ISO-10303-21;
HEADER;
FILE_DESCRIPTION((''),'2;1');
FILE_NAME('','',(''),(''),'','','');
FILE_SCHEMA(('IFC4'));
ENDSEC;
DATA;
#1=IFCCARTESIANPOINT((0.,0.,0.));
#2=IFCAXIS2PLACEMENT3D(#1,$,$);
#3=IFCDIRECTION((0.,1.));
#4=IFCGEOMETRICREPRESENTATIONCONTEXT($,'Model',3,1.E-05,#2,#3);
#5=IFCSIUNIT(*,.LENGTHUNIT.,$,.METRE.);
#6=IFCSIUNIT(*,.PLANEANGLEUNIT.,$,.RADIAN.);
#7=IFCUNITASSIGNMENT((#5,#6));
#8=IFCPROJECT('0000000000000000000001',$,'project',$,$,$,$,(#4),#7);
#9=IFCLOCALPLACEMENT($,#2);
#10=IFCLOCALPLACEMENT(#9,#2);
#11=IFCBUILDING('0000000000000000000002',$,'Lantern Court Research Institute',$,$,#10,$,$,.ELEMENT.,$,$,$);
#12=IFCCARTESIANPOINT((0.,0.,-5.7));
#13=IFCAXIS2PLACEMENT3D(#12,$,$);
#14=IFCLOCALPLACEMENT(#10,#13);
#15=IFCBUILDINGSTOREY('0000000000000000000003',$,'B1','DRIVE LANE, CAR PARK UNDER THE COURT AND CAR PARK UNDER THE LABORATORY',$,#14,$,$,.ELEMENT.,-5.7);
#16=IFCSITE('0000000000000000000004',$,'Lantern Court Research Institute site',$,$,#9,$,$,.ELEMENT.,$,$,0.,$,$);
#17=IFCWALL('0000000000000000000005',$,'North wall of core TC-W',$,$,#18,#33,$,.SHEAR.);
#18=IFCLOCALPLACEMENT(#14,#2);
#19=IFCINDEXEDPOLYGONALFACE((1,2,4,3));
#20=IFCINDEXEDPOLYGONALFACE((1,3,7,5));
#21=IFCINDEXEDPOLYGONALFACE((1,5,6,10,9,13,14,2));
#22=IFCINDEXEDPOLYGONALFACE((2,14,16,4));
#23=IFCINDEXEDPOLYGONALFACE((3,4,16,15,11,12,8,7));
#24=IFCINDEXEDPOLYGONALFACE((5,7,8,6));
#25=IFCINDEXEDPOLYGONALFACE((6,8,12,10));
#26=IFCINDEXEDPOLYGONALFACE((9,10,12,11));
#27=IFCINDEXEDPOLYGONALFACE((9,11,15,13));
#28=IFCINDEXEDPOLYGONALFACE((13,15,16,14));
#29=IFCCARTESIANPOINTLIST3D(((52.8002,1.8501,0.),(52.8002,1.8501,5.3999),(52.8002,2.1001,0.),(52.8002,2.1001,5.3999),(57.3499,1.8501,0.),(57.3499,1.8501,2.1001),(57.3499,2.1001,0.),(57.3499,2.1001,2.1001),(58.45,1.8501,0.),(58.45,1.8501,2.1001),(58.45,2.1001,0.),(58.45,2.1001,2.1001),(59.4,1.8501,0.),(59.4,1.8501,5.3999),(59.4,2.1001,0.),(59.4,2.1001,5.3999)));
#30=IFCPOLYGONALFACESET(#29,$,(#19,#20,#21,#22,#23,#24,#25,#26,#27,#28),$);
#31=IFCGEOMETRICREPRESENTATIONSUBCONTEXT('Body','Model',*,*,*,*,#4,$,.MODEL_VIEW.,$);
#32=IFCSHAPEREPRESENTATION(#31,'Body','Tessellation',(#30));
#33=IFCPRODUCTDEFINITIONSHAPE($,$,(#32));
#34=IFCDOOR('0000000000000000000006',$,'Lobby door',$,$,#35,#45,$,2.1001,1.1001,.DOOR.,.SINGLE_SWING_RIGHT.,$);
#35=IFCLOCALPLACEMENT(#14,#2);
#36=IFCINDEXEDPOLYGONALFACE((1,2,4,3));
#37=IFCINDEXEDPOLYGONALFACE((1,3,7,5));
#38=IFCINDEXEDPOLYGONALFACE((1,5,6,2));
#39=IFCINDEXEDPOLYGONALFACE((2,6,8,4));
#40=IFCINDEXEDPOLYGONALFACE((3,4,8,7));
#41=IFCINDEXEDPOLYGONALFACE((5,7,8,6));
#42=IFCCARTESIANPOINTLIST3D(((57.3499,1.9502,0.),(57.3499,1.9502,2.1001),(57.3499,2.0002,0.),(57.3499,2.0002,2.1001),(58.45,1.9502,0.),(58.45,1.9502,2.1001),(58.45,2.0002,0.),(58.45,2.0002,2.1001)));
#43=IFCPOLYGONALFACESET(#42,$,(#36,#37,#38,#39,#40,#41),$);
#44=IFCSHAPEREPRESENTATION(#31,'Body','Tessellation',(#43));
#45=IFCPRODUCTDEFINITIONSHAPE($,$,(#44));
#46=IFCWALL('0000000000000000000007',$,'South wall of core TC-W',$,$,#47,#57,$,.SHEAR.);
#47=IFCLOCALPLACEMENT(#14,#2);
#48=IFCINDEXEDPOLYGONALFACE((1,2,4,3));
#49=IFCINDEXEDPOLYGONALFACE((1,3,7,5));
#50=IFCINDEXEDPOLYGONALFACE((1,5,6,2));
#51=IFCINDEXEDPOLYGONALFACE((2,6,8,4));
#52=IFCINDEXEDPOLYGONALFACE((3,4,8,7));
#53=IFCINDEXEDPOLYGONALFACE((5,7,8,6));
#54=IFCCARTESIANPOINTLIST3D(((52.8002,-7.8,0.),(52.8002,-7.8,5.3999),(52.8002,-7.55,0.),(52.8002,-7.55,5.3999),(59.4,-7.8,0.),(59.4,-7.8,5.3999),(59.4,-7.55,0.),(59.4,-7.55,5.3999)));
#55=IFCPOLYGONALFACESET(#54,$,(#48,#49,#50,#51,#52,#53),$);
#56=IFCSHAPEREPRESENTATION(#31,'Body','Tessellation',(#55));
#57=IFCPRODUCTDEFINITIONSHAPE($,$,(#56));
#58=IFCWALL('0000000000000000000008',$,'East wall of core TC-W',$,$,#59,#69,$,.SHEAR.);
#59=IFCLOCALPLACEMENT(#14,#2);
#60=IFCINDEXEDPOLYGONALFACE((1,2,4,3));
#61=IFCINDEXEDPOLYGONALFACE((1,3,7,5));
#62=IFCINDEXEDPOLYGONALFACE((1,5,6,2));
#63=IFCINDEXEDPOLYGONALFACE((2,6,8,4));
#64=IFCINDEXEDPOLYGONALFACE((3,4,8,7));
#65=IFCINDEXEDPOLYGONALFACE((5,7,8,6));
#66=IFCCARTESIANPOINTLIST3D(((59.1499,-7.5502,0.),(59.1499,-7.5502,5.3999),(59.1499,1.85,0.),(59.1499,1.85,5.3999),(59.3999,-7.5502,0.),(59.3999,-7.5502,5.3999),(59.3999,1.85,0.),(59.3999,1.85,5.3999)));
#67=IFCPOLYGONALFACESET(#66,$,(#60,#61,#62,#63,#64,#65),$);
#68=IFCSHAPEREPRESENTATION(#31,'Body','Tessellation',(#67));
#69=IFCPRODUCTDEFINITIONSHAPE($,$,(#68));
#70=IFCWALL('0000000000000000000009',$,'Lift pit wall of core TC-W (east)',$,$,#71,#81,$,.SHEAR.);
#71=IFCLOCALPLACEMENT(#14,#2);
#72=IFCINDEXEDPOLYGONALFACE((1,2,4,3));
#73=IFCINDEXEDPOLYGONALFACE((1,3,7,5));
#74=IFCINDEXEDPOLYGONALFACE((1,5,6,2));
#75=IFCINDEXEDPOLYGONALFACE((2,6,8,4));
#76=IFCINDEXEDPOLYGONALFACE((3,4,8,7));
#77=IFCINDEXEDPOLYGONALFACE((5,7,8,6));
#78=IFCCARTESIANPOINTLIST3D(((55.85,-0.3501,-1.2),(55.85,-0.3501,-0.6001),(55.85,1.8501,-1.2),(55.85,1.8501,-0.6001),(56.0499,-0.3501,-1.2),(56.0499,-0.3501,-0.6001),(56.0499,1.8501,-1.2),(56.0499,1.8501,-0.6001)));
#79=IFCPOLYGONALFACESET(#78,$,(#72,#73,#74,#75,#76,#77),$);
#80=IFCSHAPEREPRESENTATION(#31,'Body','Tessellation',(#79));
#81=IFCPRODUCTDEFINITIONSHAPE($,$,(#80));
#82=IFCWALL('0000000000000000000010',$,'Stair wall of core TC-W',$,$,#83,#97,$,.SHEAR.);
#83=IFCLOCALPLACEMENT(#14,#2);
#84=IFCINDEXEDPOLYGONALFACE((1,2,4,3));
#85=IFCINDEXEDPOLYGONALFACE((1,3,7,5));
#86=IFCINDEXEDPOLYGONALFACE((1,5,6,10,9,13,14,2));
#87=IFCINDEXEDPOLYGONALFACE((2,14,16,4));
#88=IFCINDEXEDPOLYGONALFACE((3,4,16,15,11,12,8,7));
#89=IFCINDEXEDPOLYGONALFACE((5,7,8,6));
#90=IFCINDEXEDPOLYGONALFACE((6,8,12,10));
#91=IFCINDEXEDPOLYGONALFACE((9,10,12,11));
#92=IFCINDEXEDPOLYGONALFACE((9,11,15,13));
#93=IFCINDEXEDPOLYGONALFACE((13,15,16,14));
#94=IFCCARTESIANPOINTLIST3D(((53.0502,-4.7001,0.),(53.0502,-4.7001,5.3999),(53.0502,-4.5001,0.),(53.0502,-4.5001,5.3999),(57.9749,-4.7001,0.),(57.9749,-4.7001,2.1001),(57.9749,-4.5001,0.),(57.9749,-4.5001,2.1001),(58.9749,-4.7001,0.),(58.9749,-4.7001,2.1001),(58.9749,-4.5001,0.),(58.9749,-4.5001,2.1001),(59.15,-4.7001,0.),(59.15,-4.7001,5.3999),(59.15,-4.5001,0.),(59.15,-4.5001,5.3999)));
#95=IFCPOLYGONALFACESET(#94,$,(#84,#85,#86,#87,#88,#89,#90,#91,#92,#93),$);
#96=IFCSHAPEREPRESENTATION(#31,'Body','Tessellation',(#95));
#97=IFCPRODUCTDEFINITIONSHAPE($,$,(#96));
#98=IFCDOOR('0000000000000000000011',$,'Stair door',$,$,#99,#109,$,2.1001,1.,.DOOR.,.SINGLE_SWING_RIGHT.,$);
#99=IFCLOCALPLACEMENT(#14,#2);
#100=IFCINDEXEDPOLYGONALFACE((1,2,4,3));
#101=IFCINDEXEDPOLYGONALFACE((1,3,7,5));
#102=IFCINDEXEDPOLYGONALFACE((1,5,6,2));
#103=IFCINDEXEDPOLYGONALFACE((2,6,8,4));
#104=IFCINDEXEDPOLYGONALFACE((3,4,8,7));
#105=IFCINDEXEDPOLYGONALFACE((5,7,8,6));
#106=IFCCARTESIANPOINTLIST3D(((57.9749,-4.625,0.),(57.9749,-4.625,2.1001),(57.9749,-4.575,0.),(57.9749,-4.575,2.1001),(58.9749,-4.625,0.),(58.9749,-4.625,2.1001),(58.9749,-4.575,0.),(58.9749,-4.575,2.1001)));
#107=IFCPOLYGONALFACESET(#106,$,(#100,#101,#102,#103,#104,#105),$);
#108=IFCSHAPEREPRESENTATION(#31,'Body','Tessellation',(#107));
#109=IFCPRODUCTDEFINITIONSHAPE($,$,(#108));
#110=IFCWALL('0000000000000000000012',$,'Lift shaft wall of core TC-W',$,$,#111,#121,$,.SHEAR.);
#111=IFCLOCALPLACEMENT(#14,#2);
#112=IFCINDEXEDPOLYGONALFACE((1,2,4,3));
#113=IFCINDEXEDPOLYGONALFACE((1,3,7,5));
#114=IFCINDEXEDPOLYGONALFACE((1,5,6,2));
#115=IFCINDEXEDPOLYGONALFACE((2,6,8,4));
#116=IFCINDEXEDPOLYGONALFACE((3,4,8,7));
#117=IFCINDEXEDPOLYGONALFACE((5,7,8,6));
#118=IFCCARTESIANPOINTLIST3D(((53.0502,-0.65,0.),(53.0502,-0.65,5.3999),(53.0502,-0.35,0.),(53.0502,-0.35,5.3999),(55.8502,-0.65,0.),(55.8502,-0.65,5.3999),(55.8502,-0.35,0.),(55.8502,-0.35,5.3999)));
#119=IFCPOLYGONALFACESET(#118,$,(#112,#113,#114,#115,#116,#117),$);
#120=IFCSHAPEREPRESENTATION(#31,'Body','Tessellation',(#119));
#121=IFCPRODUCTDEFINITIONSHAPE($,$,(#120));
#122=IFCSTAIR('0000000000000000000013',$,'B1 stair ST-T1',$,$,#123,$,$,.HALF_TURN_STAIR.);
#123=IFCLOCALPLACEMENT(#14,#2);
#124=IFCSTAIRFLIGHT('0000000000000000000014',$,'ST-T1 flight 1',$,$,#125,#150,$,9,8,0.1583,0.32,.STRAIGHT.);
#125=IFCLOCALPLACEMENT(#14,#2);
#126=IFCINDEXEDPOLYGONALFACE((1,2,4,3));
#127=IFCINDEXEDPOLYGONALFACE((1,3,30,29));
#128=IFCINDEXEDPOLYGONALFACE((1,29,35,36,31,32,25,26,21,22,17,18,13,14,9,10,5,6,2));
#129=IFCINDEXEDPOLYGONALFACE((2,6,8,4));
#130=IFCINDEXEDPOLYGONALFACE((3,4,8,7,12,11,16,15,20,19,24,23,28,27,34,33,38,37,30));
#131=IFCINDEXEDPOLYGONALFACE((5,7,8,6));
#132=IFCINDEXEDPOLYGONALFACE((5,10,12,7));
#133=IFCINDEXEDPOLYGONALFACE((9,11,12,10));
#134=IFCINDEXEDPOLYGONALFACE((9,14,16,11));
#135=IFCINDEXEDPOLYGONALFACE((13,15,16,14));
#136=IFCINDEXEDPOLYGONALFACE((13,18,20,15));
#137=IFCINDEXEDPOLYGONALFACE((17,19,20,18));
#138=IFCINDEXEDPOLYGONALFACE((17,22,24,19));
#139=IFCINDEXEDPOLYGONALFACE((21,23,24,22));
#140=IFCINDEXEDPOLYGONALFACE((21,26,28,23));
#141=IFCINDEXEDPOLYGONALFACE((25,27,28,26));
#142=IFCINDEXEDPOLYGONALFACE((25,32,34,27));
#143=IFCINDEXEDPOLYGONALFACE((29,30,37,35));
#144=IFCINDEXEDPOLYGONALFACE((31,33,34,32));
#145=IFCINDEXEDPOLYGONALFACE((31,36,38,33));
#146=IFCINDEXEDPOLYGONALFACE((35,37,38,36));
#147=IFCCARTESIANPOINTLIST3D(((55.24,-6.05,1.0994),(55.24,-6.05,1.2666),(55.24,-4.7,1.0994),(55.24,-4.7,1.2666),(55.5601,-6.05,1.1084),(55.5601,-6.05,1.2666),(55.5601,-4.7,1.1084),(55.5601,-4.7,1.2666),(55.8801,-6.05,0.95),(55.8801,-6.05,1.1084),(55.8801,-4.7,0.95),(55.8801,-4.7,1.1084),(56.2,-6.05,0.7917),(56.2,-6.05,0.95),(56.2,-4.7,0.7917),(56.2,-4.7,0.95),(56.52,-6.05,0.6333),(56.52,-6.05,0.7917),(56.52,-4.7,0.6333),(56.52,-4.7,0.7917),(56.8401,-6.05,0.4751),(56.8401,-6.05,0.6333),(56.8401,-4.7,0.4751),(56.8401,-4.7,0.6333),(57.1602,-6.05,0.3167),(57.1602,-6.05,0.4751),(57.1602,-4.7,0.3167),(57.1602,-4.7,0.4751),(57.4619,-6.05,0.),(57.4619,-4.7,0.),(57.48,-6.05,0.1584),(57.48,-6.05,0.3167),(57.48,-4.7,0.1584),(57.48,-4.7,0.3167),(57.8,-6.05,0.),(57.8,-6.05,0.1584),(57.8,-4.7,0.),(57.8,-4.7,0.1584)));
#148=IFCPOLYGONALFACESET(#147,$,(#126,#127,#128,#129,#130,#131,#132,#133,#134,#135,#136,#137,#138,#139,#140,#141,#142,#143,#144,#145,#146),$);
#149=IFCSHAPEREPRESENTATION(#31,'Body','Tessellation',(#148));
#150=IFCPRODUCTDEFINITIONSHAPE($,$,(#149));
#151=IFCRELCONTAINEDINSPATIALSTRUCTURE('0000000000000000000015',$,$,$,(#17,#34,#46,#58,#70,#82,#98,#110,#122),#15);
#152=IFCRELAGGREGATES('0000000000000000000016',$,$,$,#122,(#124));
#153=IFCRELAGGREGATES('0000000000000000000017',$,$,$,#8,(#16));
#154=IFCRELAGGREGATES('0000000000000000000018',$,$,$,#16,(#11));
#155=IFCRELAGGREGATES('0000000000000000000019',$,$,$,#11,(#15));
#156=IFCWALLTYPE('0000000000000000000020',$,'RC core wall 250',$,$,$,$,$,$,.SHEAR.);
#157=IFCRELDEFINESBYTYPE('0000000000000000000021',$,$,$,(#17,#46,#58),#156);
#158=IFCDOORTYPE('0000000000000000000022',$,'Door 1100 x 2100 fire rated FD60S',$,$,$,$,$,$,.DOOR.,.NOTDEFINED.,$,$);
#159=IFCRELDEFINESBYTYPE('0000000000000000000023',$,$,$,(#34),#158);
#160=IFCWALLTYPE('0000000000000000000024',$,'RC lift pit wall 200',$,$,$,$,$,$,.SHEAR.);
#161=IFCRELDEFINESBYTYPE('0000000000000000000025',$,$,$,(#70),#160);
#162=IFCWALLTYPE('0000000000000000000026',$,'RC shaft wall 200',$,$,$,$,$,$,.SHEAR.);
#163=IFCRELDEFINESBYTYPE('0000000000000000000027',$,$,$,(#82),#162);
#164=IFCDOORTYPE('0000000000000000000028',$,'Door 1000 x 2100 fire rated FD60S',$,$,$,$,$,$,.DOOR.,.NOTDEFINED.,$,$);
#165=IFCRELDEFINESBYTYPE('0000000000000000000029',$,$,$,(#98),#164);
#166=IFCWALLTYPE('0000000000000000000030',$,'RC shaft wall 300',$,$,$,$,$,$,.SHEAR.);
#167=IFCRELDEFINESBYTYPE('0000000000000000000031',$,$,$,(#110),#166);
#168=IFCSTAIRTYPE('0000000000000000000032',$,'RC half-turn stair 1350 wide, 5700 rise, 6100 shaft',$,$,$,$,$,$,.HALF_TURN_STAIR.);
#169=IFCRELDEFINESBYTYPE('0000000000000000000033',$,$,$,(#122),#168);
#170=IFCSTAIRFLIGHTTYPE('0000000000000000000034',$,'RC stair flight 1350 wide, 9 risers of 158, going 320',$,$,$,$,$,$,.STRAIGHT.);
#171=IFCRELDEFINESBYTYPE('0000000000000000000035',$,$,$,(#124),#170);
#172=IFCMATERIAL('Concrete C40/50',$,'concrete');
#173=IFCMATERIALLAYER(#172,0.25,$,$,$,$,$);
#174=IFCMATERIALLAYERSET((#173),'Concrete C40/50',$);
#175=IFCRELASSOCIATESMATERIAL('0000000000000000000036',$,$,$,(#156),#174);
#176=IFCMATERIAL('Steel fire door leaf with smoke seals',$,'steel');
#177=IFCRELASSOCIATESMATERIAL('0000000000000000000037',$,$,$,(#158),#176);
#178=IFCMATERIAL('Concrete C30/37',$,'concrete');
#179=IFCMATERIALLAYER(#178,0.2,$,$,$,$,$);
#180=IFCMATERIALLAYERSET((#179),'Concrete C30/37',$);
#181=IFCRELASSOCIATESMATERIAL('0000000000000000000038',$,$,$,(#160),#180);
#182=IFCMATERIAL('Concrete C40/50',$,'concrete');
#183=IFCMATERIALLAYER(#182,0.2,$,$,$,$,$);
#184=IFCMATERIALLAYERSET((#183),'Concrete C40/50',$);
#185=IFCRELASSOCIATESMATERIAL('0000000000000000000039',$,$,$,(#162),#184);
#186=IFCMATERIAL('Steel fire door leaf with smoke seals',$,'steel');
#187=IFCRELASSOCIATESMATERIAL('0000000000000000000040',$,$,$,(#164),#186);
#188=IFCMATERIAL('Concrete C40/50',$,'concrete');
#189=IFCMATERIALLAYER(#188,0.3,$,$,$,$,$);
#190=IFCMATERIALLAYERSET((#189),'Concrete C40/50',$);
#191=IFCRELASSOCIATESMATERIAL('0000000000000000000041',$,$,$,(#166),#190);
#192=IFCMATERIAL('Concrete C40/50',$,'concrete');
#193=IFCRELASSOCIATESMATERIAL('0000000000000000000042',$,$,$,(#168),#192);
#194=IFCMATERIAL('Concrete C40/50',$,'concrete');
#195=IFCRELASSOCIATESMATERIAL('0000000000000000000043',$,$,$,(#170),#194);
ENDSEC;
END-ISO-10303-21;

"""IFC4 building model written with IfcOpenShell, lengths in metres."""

from ifc_helpers import new_model, si_unit, direction, frame, frame_2d, origin, place, context, subcontext, project, spatial, polyline, rectangle, outline, extrude, material, layer, layer_set, type_object, element, fill, aggregate, save


model = new_model("IFC4")

# Units and contexts
model_context = context("Model", 3, precision=1e-05, world=origin(), true_north=direction((0.0, 1.0)))
body_context = subcontext(model_context, "Body", "Model", "MODEL_VIEW")
ifc_project = project(units=[si_unit("LENGTHUNIT", "METRE"), si_unit("PLANEANGLEUNIT", "RADIAN")], contexts=[model_context])

# Site, building, storey
site_placement = place(None, origin())
site = spatial("IfcSite", under=ifc_project, at=site_placement, Name="Lantern Court Research Institute site", CompositionType="ELEMENT", RefElevation=0.0)
building_placement = place(site_placement, origin())
building = spatial("IfcBuilding", under=site, at=building_placement, Name="Lantern Court Research Institute", CompositionType="ELEMENT")
storey_placement = place(building_placement, frame((0.0, 0.0, -5.7)))
storey = spatial("IfcBuildingStorey", under=building, at=storey_placement, Name="B1", Description="DRIVE LANE, CAR PARK UNDER THE COURT AND CAR PARK UNDER THE LABORATORY", CompositionType="ELEMENT", Elevation=-5.7)

# Wall, opening, door
ifc_material_1 = material(Name="Concrete C40/50", Category="concrete")
ifc_layer_1 = layer(ifc_material_1, 0.25)
ifc_layer_set_1 = layer_set([ifc_layer_1], Name="Concrete C40/50")
wall_type_1 = type_object("IfcWallType", Name="RC core wall 250", PredefinedType="SHEAR", material=ifc_layer_set_1)
wall_1_placement = place(storey_placement, frame((59.3999, 1.9751, 0.0), z_axis=(0.0, 0.0, 1.0), x_axis=(-1.0, 0.0, 0.0)))
wall_1 = element("IfcWall", 1, at=wall_1_placement, inside=storey, type_object=wall_type_1, Name="North wall of core TC-W", PredefinedType="SHEAR", context=body_context, shape_type="SweptSolid", body=[
    extrude(rectangle(XDim=6.5999, YDim=0.25, at=frame_2d((3.2998, 0.0))), origin(), (0.0, 0.0, 1.0), 5.3999),
])
opening_1_placement = place(wall_1_placement, frame((0.95, 0.0, 0.0)))
opening_1 = element("IfcOpeningElement", 2, at=opening_1_placement, cuts=wall_1, PredefinedType="OPENING", context=body_context, shape_type="SweptSolid", body=[
    extrude(rectangle(XDim=1.1001, YDim=2.1001, at=frame_2d((0.55, 1.05))), frame((0.0, 0.135, 0.0), z_axis=(0.0, -1.0, 0.0), x_axis=(1.0, 0.0, 0.0)), (0.0, 0.0, 1.0), 0.27),
])
ifc_material_2 = material(Name="Steel fire door leaf with smoke seals", Category="steel")
door_type_1 = type_object("IfcDoorType", Name="Door 1100 x 2100 fire rated FD60S", OperationType="NOTDEFINED", PredefinedType="DOOR", material=ifc_material_2)
door_1_placement = place(opening_1_placement, origin())
door_1 = element("IfcDoor", 3, at=door_1_placement, inside=storey, type_object=door_type_1, Name="Lobby door", OperationType="SINGLE_SWING_RIGHT", OverallHeight=2.1001, OverallWidth=1.1001, PredefinedType="DOOR", context=body_context, shape_type="SweptSolid", body=[
    extrude(rectangle(XDim=1.1001, YDim=2.1001, at=frame_2d((0.55, 1.05))), frame((0.0, 0.0249, 0.0), z_axis=(0.0, -1.0, 0.0), x_axis=(1.0, 0.0, 0.0)), (0.0, 0.0, 1.0), 0.05),
])
fill(opening_1, door_1)

# Walls
wall_2_placement = place(storey_placement, frame((59.3999, -7.675, 0.0), z_axis=(0.0, 0.0, 1.0), x_axis=(-1.0, 0.0, 0.0)))
element("IfcWall", 4, at=wall_2_placement, inside=storey, type_object=wall_type_1, Name="South wall of core TC-W", PredefinedType="SHEAR", context=body_context, shape_type="SweptSolid", body=[
    extrude(rectangle(XDim=6.5999, YDim=0.25, at=frame_2d((3.2998, 0.0))), origin(), (0.0, 0.0, 1.0), 5.3999),
])
wall_3_placement = place(storey_placement, frame((59.2749, 1.8501, 0.0), z_axis=(0.0, 0.0, 1.0), x_axis=(0.0, -1.0, 0.0)))
element("IfcWall", 5, at=wall_3_placement, inside=storey, type_object=wall_type_1, Name="East wall of core TC-W", PredefinedType="SHEAR", context=body_context, shape_type="SweptSolid", body=[
    extrude(rectangle(XDim=9.4001, YDim=0.25, at=frame_2d((4.7002, 0.0))), origin(), (0.0, 0.0, 1.0), 5.3999),
])
ifc_material_3 = material(Name="Concrete C30/37", Category="concrete")
ifc_layer_2 = layer(ifc_material_3, 0.2)
ifc_layer_set_2 = layer_set([ifc_layer_2], Name="Concrete C30/37")
wall_type_2 = type_object("IfcWallType", Name="RC lift pit wall 200", PredefinedType="SHEAR", material=ifc_layer_set_2)
wall_4_placement = place(storey_placement, frame((55.95, -0.3501, -1.2), z_axis=(0.0, 0.0, 1.0), x_axis=(0.0, 1.0, 0.0)))
element("IfcWall", 6, at=wall_4_placement, inside=storey, type_object=wall_type_2, Name="Lift pit wall of core TC-W (east)", PredefinedType="SHEAR", context=body_context, shape_type="SweptSolid", body=[
    extrude(rectangle(XDim=2.2002, YDim=0.2, at=frame_2d((1.1001, 0.0))), origin(), (0.0, 0.0, 1.0), 0.5999),
])

# Wall, opening, door
ifc_material_4 = material(Name="Concrete C40/50", Category="concrete")
ifc_layer_3 = layer(ifc_material_4, 0.2)
ifc_layer_set_3 = layer_set([ifc_layer_3], Name="Concrete C40/50")
wall_type_3 = type_object("IfcWallType", Name="RC shaft wall 200", PredefinedType="SHEAR", material=ifc_layer_set_3)
wall_5_placement = place(storey_placement, frame((59.1499, -4.6001, 0.0), z_axis=(0.0, 0.0, 1.0), x_axis=(-1.0, 0.0, 0.0)))
wall_5 = element("IfcWall", 7, at=wall_5_placement, inside=storey, type_object=wall_type_3, Name="Stair wall of core TC-W", PredefinedType="SHEAR", context=body_context, shape_type="SweptSolid", body=[
    extrude(rectangle(XDim=6.0999, YDim=0.2, at=frame_2d((3.0498, 0.0))), origin(), (0.0, 0.0, 1.0), 5.3999),
])
opening_2_placement = place(wall_5_placement, frame((0.175, 0.0, 0.0)))
opening_2 = element("IfcOpeningElement", 8, at=opening_2_placement, cuts=wall_5, PredefinedType="OPENING", context=body_context, shape_type="SweptSolid", body=[
    extrude(rectangle(XDim=1.0, YDim=2.1001, at=frame_2d((0.5, 1.05))), frame((0.0, 0.1099, 0.0), z_axis=(0.0, -1.0, 0.0), x_axis=(1.0, 0.0, 0.0)), (0.0, 0.0, 1.0), 0.22),
])
ifc_material_5 = material(Name="Steel fire door leaf with smoke seals", Category="steel")
door_type_2 = type_object("IfcDoorType", Name="Door 1000 x 2100 fire rated FD60S", OperationType="NOTDEFINED", PredefinedType="DOOR", material=ifc_material_5)
door_2_placement = place(opening_2_placement, origin())
door_2 = element("IfcDoor", 9, at=door_2_placement, inside=storey, type_object=door_type_2, Name="Stair door", OperationType="SINGLE_SWING_RIGHT", OverallHeight=2.1001, OverallWidth=1.0, PredefinedType="DOOR", context=body_context, shape_type="SweptSolid", body=[
    extrude(rectangle(XDim=1.0, YDim=2.1001, at=frame_2d((0.5, 1.05))), frame((0.0, 0.0249, 0.0), z_axis=(0.0, -1.0, 0.0), x_axis=(1.0, 0.0, 0.0)), (0.0, 0.0, 1.0), 0.05),
])
fill(opening_2, door_2)

# Shared definitions
ifc_material_6 = material(Name="Concrete C40/50", Category="concrete")
ifc_layer_4 = layer(ifc_material_6, 0.3)
ifc_layer_set_4 = layer_set([ifc_layer_4], Name="Concrete C40/50")
wall_type_4 = type_object("IfcWallType", Name="RC shaft wall 300", PredefinedType="SHEAR", material=ifc_layer_set_4)

# Wall
wall_6_placement = place(storey_placement, frame((55.8501, -0.5, 0.0), z_axis=(0.0, 0.0, 1.0), x_axis=(-1.0, 0.0, 0.0)))
element("IfcWall", 10, at=wall_6_placement, inside=storey, type_object=wall_type_4, Name="Lift shaft wall of core TC-W", PredefinedType="SHEAR", context=body_context, shape_type="SweptSolid", body=[
    extrude(rectangle(XDim=2.8, YDim=0.3, at=frame_2d((1.3999, 0.0))), origin(), (0.0, 0.0, 1.0), 5.3999),
])

# Stair, stair flight
ifc_material_7 = material(Name="Concrete C40/50", Category="concrete")
stair_type = type_object("IfcStairType", Name="RC half-turn stair 1350 wide, 5700 rise, 6100 shaft", PredefinedType="HALF_TURN_STAIR", material=ifc_material_7)
stair_placement = place(storey_placement, origin())
stair = element("IfcStair", 11, at=stair_placement, inside=storey, type_object=stair_type, Name="B1 stair ST-T1", PredefinedType="HALF_TURN_STAIR")
ifc_material_8 = material(Name="Concrete C40/50", Category="concrete")
stair_flight_type = type_object("IfcStairFlightType", Name="RC stair flight 1350 wide, 9 risers of 158, going 320", PredefinedType="STRAIGHT", material=ifc_material_8)
stair_flight_1_placement = place(storey_placement, frame((57.8, -5.375, 0.0), z_axis=(0.0, 0.0, 1.0), x_axis=(-1.0, 0.0, 0.0)))
stair_flight_1 = element("IfcStairFlight", 12, at=stair_flight_1_placement, type_object=stair_flight_type, Name="ST-T1 flight 1", NumberOfRisers=9, NumberOfTreads=8, PredefinedType="STRAIGHT", RiserHeight=0.1583, TreadLength=0.32, context=body_context, shape_type="SweptSolid", body=[
    extrude(outline(polyline([(0.0, 0.0), (0.0, 0.1584), (0.3201, 0.1584), (0.3201, 0.3167), (0.6399, 0.3167), (0.6399, 0.4751), (0.96, 0.4751), (0.96, 0.6333), (1.28, 0.6333), (1.28, 0.7917), (1.6001, 0.7917), (1.6001, 0.95), (1.9199, 0.95), (1.9199, 1.1084), (2.24, 1.1084), (2.24, 1.2666), (2.5601, 1.2666), (2.5601, 1.425), (2.5601, 1.0994), (0.3381, 0.0), (0.0, 0.0)])), frame((0.0, 0.675, 0.0), z_axis=(0.0, -1.0, 0.0), x_axis=(1.0, 0.0, 0.0)), (0.0, 0.0, 1.0), 1.3501),
])
aggregate(stair, [stair_flight_1])

save(model, "model.ifc")
